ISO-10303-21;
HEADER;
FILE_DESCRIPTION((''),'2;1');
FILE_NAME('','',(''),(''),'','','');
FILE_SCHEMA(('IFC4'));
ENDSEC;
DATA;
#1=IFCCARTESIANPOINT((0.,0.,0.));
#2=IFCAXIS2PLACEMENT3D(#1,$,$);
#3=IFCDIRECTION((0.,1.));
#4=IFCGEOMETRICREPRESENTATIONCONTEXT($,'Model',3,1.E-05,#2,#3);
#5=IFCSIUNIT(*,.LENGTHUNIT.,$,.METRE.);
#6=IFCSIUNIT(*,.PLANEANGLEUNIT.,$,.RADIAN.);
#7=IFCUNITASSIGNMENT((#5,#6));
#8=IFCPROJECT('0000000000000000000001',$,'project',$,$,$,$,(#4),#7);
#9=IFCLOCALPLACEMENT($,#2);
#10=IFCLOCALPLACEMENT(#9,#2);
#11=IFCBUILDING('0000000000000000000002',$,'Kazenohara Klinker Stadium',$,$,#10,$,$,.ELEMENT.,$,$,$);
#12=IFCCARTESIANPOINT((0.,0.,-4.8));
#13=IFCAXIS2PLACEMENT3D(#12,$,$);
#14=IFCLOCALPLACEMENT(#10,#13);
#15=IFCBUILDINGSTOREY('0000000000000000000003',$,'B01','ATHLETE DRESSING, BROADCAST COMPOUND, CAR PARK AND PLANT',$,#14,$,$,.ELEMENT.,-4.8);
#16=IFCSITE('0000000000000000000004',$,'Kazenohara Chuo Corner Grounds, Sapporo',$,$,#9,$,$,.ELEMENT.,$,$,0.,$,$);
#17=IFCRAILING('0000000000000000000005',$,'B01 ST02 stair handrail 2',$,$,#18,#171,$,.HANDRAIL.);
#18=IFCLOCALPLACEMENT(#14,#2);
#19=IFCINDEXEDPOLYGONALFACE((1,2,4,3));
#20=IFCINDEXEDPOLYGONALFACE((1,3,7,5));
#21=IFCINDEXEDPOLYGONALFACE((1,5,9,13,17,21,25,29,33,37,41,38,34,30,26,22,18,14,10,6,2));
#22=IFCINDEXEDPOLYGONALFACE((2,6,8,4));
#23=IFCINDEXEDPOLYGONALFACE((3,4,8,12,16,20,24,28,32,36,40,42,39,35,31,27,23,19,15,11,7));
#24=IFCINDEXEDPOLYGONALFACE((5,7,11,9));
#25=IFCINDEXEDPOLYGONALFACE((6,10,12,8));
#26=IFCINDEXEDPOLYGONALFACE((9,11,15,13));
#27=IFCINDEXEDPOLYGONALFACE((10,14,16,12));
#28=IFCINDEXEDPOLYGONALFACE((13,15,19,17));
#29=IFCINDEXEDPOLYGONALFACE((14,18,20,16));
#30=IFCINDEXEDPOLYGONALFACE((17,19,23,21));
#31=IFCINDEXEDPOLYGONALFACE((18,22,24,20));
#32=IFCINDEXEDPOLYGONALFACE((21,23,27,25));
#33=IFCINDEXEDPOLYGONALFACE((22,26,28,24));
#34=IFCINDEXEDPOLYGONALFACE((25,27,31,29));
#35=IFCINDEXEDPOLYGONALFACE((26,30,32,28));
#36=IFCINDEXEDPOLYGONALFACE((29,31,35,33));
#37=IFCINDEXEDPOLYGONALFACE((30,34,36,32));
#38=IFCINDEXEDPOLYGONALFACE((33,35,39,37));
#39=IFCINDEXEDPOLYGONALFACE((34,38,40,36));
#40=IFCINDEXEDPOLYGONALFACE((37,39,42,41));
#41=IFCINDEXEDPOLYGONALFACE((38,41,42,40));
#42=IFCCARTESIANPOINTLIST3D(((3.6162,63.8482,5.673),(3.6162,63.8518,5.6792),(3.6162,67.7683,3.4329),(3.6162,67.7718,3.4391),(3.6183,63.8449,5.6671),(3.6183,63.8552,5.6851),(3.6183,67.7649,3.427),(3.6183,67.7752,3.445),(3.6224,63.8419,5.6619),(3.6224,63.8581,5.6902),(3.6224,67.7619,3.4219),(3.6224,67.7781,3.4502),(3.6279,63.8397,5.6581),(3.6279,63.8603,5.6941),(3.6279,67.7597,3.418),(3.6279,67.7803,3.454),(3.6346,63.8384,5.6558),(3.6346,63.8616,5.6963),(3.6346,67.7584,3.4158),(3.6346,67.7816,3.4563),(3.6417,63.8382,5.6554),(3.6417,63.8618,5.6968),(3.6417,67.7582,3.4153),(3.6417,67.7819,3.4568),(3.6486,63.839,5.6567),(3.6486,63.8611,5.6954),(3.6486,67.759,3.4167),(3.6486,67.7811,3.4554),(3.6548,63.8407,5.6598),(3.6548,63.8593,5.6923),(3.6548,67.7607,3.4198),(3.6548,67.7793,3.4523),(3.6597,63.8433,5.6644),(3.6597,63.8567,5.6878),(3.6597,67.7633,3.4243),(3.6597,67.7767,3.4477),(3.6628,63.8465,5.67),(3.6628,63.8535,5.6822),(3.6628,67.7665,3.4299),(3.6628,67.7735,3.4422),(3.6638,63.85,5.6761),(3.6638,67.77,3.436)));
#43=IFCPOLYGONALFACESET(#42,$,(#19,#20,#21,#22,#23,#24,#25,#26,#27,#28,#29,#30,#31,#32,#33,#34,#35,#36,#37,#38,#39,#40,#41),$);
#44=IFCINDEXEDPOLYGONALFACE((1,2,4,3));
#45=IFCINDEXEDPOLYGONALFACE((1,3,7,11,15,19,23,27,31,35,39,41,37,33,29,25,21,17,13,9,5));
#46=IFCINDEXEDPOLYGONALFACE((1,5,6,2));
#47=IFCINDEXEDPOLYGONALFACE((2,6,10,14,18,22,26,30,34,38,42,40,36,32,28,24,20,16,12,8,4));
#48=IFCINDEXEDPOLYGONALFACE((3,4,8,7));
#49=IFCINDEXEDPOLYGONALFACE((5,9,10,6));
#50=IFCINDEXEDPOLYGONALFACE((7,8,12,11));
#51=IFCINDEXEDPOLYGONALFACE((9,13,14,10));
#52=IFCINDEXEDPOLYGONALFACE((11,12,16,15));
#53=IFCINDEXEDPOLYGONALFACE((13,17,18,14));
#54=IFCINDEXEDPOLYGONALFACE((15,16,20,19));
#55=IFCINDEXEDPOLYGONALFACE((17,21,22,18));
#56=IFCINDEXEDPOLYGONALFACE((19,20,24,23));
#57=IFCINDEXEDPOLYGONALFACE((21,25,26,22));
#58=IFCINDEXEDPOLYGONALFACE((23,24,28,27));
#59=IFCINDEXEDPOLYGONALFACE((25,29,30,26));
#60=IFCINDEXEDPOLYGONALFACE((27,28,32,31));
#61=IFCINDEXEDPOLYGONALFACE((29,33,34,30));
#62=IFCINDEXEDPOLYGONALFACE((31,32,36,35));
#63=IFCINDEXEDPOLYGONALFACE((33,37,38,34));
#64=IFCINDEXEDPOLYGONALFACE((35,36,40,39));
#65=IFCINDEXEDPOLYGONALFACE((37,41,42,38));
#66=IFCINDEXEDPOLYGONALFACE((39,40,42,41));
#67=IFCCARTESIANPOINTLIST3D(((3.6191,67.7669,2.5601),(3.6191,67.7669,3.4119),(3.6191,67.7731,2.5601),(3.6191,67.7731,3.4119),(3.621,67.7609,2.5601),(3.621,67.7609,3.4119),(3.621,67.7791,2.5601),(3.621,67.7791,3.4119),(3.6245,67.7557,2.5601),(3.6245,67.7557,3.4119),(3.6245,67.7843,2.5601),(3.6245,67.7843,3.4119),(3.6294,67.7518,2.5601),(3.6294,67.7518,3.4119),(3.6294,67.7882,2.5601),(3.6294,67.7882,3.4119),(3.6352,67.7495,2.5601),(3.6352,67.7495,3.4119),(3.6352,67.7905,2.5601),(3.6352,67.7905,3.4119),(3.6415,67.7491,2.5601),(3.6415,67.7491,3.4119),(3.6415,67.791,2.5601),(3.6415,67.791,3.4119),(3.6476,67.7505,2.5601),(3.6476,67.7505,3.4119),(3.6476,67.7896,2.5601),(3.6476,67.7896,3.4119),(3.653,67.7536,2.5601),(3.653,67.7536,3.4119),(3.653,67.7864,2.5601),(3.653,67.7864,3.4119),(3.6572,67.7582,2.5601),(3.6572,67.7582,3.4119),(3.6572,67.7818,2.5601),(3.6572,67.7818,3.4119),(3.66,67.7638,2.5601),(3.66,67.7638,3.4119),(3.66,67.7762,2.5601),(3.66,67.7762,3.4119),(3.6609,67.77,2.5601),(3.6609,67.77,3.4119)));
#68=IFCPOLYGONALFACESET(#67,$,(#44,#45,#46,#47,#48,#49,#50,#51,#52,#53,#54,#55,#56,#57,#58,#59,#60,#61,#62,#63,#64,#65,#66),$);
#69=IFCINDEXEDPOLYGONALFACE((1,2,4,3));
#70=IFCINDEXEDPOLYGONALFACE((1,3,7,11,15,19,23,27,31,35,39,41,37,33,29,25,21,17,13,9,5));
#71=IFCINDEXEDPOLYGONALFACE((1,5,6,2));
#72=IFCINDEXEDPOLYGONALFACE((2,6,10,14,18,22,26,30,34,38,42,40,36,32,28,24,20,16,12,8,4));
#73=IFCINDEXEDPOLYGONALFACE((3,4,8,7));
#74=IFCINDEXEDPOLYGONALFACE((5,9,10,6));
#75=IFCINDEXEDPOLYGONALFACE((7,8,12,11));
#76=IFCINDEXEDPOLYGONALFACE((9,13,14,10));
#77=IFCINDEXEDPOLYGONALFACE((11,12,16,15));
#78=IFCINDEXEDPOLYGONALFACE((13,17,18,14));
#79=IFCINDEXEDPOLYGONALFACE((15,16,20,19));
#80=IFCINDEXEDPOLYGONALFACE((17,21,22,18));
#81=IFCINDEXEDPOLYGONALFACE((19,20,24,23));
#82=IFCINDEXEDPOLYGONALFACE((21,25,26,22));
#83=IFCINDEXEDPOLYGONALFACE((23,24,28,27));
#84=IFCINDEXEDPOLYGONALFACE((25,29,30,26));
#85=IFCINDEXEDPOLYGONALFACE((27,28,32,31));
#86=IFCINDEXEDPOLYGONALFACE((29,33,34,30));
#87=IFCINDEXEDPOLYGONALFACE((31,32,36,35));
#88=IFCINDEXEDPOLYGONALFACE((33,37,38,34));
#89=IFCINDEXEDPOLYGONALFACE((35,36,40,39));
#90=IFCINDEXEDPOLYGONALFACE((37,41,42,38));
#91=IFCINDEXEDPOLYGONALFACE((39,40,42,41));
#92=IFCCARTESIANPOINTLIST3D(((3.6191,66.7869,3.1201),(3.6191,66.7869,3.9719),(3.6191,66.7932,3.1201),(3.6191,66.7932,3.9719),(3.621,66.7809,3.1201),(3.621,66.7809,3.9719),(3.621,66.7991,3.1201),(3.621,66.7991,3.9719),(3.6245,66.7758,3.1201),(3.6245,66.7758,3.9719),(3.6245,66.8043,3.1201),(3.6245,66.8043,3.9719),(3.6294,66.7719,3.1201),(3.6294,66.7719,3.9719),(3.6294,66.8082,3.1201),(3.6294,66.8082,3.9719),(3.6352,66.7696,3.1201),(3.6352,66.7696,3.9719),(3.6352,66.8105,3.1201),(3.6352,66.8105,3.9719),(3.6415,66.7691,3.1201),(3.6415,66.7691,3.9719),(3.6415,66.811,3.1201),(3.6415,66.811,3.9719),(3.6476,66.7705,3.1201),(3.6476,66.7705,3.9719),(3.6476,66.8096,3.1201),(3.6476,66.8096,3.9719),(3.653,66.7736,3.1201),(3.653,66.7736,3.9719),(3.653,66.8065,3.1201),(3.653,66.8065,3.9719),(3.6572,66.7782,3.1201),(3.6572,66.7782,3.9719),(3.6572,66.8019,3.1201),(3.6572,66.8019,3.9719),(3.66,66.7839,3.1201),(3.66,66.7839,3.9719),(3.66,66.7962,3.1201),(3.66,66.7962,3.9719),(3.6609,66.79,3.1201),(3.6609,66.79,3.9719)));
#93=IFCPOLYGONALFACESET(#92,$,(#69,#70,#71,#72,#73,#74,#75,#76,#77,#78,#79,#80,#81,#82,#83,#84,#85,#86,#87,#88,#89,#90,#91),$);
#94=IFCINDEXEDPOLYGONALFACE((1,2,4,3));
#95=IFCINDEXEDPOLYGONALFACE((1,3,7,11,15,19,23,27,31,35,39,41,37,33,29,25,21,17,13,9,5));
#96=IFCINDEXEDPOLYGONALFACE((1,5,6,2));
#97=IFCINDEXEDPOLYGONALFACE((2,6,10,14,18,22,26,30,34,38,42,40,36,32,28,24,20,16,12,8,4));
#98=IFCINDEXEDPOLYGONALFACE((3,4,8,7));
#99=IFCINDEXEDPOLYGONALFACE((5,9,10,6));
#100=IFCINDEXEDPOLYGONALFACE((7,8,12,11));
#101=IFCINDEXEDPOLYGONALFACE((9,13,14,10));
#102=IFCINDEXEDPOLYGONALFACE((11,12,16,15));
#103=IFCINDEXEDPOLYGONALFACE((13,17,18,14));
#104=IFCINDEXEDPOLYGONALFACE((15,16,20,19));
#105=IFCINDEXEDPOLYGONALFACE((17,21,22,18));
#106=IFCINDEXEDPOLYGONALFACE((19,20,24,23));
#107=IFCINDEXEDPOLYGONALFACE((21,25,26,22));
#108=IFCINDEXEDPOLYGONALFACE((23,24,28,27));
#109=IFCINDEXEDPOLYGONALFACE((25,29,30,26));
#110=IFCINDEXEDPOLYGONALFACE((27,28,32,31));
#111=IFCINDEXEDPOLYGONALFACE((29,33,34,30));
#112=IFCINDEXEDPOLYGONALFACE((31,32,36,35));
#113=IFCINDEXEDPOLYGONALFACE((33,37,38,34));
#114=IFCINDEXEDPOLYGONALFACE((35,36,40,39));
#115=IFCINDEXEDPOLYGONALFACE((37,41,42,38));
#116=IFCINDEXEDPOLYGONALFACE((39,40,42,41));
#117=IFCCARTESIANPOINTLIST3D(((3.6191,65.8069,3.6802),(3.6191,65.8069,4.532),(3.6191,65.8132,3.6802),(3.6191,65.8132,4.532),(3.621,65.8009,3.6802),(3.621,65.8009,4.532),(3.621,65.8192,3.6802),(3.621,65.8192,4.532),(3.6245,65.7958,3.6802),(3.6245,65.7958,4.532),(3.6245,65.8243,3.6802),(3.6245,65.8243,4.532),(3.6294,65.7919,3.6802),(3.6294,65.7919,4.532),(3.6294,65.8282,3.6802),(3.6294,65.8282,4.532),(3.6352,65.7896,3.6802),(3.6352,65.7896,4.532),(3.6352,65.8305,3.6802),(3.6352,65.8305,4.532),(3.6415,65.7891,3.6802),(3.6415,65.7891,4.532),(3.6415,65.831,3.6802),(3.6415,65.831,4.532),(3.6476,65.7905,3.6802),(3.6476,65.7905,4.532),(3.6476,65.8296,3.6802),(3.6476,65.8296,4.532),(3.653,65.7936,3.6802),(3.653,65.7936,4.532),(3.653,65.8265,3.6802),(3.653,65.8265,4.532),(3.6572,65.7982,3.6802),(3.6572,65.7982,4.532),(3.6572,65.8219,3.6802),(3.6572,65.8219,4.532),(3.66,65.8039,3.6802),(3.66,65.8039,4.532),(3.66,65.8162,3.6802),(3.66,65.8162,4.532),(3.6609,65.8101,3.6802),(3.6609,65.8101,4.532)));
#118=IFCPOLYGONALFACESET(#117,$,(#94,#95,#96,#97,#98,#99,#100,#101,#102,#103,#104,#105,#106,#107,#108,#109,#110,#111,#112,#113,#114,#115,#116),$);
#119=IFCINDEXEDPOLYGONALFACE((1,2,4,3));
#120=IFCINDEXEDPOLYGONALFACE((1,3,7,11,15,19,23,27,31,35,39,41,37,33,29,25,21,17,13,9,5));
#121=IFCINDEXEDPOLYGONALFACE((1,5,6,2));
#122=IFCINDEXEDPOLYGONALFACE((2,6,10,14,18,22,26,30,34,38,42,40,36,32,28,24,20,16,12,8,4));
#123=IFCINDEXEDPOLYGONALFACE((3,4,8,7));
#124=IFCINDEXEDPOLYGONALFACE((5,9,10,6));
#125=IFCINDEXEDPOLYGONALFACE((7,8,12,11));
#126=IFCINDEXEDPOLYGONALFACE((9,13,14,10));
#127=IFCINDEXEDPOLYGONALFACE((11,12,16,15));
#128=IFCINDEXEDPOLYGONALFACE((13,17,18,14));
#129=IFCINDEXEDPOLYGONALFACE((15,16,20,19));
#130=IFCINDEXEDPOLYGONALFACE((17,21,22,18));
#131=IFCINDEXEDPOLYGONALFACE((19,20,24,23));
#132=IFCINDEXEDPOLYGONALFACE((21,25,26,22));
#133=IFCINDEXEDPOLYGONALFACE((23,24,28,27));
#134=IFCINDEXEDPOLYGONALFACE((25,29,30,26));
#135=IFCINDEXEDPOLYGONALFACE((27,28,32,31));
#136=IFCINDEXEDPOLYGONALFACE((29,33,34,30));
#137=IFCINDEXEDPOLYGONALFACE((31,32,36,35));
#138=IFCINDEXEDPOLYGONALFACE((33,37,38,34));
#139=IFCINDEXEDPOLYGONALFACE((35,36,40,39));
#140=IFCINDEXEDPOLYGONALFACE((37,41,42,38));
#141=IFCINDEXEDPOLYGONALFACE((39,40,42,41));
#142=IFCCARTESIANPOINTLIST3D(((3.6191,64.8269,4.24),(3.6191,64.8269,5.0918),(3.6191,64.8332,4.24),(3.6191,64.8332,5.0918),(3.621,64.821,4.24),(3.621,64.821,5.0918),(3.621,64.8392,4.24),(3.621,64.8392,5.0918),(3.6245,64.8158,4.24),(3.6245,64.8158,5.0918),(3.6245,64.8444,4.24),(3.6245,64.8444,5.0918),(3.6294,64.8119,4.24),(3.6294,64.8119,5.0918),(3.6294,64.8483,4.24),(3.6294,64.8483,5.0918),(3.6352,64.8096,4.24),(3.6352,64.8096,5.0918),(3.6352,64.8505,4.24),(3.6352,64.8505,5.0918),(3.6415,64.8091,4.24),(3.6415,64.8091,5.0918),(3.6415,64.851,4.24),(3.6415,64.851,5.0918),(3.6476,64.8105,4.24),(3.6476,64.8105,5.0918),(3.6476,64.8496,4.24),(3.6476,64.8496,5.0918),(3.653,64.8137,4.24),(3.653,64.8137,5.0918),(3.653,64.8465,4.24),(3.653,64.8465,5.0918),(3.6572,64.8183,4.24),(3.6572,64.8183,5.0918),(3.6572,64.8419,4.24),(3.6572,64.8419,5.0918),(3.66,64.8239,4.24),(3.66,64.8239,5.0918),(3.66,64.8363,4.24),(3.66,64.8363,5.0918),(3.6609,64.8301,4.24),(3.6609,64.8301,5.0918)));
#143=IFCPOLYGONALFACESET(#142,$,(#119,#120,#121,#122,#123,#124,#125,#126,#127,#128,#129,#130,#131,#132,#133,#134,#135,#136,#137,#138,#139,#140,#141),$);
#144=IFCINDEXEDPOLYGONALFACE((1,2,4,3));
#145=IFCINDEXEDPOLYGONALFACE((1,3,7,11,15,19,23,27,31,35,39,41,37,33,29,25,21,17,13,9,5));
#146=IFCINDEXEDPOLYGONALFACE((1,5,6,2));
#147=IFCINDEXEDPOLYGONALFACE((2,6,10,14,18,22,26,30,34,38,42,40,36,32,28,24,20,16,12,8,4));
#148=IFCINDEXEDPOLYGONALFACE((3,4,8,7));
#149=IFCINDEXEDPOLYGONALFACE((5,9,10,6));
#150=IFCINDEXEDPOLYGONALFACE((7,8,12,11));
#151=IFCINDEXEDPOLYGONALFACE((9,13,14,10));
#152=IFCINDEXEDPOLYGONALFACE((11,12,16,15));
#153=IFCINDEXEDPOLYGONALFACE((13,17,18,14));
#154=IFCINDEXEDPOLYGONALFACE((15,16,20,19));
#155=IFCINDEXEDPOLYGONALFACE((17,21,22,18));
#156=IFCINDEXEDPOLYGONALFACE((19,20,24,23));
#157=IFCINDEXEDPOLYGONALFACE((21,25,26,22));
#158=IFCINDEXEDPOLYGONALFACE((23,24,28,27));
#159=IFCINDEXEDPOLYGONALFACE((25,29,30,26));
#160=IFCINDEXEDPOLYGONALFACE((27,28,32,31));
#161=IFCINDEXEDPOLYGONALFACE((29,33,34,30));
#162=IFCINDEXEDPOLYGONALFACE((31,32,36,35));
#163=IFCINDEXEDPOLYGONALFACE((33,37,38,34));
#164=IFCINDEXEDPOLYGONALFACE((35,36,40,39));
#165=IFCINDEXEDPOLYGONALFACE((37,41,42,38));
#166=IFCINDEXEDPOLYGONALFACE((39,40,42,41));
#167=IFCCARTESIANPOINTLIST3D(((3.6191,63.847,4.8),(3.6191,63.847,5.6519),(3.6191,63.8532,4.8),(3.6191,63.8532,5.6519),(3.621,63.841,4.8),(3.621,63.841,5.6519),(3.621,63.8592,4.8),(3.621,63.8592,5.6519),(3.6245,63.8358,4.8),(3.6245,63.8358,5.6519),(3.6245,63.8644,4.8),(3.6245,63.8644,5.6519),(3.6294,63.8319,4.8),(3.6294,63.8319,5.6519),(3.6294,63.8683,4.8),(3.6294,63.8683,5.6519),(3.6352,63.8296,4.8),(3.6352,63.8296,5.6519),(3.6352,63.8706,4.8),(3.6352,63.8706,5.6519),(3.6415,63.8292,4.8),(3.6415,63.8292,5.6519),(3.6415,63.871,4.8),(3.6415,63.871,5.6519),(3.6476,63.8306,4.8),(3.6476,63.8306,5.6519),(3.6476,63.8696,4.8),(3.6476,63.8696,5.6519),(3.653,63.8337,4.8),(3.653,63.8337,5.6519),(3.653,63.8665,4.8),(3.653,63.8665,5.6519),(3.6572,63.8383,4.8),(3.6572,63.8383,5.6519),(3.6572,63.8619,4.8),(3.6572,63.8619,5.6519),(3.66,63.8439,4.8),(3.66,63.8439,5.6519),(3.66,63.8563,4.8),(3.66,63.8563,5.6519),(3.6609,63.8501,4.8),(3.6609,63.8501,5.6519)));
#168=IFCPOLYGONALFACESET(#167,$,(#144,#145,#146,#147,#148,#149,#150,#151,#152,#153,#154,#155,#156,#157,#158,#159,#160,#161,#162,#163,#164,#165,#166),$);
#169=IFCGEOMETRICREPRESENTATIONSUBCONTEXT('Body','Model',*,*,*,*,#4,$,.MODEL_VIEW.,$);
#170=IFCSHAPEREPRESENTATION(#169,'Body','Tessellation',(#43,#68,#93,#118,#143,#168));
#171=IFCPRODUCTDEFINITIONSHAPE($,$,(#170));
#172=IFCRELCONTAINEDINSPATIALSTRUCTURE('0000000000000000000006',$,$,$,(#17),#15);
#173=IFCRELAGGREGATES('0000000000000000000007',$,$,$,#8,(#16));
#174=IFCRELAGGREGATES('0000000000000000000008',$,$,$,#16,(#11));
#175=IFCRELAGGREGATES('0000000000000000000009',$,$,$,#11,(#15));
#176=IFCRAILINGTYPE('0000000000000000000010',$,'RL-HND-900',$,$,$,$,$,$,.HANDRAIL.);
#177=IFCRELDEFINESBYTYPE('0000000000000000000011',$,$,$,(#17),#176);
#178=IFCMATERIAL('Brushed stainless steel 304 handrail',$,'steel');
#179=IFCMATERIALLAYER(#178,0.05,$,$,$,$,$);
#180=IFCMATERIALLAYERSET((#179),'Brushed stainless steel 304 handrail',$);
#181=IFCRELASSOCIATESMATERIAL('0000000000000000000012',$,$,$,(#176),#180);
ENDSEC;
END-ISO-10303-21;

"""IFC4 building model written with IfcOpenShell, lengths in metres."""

from ifc_helpers import new_model, si_unit, direction, frame, origin, origin_2d, place, context, subcontext, project, spatial, circle, extrude, material, layer, layer_set, type_object, element, save


model = new_model("IFC4")

# Units and contexts
model_context = context("Model", 3, precision=1e-05, world=origin(), true_north=direction((0.0, 1.0)))
body_context = subcontext(model_context, "Body", "Model", "MODEL_VIEW")
ifc_project = project(units=[si_unit("LENGTHUNIT", "METRE"), si_unit("PLANEANGLEUNIT", "RADIAN")], contexts=[model_context])

# Site, building, storey
site_placement = place(None, origin())
site = spatial("IfcSite", under=ifc_project, at=site_placement, Name="Kazenohara Chuo Corner Grounds, Sapporo", CompositionType="ELEMENT", RefElevation=0.0)
building_placement = place(site_placement, origin())
building = spatial("IfcBuilding", under=site, at=building_placement, Name="Kazenohara Klinker Stadium", CompositionType="ELEMENT")
storey_placement = place(building_placement, frame((0.0, 0.0, -4.8)))
storey = spatial("IfcBuildingStorey", under=building, at=storey_placement, Name="B01", Description="ATHLETE DRESSING, BROADCAST COMPOUND, CAR PARK AND PLANT", CompositionType="ELEMENT", Elevation=-4.8)

# Railing
ifc_material_1 = material(Name="Brushed stainless steel 304 handrail", Category="steel")
ifc_layer_1 = layer(ifc_material_1, 0.05)
ifc_layer_set_1 = layer_set([ifc_layer_1], Name="Brushed stainless steel 304 handrail")
railing_type_1 = type_object("IfcRailingType", Name="RL-HND-900", PredefinedType="HANDRAIL", material=ifc_layer_set_1)
railing_1_placement = place(storey_placement, frame((3.6399, 67.77, 2.5601)))
element("IfcRailing", 1, at=railing_1_placement, inside=storey, type_object=railing_type_1, Name="B01 ST02 stair handrail 2", PredefinedType="HANDRAIL", context=body_context, shape_type="SweptSolid", body=[
    extrude(circle(Radius=0.0239, at=origin_2d()), frame((0.0, 0.0, 0.876), z_axis=(0.0, -0.86824, 0.496145), x_axis=(1.0, 0.0, 0.0)), (0.0, 0.0, 1.0), 4.5149),
    extrude(circle(Radius=0.021, at=origin_2d()), origin(), (0.0, 0.0, 1.0), 0.8518),
    extrude(circle(Radius=0.021, at=origin_2d()), frame((0.0, -0.98, 0.5601)), (0.0, 0.0, 1.0), 0.8518),
    extrude(circle(Radius=0.021, at=origin_2d()), frame((0.0, -1.96, 1.1201)), (0.0, 0.0, 1.0), 0.8518),
    extrude(circle(Radius=0.021, at=origin_2d()), frame((0.0, -2.9399, 1.6799)), (0.0, 0.0, 1.0), 0.8518),
    extrude(circle(Radius=0.021, at=origin_2d()), frame((0.0, -3.9199, 2.24)), (0.0, 0.0, 1.0), 0.8518),
])

save(model, "model.ifc")
